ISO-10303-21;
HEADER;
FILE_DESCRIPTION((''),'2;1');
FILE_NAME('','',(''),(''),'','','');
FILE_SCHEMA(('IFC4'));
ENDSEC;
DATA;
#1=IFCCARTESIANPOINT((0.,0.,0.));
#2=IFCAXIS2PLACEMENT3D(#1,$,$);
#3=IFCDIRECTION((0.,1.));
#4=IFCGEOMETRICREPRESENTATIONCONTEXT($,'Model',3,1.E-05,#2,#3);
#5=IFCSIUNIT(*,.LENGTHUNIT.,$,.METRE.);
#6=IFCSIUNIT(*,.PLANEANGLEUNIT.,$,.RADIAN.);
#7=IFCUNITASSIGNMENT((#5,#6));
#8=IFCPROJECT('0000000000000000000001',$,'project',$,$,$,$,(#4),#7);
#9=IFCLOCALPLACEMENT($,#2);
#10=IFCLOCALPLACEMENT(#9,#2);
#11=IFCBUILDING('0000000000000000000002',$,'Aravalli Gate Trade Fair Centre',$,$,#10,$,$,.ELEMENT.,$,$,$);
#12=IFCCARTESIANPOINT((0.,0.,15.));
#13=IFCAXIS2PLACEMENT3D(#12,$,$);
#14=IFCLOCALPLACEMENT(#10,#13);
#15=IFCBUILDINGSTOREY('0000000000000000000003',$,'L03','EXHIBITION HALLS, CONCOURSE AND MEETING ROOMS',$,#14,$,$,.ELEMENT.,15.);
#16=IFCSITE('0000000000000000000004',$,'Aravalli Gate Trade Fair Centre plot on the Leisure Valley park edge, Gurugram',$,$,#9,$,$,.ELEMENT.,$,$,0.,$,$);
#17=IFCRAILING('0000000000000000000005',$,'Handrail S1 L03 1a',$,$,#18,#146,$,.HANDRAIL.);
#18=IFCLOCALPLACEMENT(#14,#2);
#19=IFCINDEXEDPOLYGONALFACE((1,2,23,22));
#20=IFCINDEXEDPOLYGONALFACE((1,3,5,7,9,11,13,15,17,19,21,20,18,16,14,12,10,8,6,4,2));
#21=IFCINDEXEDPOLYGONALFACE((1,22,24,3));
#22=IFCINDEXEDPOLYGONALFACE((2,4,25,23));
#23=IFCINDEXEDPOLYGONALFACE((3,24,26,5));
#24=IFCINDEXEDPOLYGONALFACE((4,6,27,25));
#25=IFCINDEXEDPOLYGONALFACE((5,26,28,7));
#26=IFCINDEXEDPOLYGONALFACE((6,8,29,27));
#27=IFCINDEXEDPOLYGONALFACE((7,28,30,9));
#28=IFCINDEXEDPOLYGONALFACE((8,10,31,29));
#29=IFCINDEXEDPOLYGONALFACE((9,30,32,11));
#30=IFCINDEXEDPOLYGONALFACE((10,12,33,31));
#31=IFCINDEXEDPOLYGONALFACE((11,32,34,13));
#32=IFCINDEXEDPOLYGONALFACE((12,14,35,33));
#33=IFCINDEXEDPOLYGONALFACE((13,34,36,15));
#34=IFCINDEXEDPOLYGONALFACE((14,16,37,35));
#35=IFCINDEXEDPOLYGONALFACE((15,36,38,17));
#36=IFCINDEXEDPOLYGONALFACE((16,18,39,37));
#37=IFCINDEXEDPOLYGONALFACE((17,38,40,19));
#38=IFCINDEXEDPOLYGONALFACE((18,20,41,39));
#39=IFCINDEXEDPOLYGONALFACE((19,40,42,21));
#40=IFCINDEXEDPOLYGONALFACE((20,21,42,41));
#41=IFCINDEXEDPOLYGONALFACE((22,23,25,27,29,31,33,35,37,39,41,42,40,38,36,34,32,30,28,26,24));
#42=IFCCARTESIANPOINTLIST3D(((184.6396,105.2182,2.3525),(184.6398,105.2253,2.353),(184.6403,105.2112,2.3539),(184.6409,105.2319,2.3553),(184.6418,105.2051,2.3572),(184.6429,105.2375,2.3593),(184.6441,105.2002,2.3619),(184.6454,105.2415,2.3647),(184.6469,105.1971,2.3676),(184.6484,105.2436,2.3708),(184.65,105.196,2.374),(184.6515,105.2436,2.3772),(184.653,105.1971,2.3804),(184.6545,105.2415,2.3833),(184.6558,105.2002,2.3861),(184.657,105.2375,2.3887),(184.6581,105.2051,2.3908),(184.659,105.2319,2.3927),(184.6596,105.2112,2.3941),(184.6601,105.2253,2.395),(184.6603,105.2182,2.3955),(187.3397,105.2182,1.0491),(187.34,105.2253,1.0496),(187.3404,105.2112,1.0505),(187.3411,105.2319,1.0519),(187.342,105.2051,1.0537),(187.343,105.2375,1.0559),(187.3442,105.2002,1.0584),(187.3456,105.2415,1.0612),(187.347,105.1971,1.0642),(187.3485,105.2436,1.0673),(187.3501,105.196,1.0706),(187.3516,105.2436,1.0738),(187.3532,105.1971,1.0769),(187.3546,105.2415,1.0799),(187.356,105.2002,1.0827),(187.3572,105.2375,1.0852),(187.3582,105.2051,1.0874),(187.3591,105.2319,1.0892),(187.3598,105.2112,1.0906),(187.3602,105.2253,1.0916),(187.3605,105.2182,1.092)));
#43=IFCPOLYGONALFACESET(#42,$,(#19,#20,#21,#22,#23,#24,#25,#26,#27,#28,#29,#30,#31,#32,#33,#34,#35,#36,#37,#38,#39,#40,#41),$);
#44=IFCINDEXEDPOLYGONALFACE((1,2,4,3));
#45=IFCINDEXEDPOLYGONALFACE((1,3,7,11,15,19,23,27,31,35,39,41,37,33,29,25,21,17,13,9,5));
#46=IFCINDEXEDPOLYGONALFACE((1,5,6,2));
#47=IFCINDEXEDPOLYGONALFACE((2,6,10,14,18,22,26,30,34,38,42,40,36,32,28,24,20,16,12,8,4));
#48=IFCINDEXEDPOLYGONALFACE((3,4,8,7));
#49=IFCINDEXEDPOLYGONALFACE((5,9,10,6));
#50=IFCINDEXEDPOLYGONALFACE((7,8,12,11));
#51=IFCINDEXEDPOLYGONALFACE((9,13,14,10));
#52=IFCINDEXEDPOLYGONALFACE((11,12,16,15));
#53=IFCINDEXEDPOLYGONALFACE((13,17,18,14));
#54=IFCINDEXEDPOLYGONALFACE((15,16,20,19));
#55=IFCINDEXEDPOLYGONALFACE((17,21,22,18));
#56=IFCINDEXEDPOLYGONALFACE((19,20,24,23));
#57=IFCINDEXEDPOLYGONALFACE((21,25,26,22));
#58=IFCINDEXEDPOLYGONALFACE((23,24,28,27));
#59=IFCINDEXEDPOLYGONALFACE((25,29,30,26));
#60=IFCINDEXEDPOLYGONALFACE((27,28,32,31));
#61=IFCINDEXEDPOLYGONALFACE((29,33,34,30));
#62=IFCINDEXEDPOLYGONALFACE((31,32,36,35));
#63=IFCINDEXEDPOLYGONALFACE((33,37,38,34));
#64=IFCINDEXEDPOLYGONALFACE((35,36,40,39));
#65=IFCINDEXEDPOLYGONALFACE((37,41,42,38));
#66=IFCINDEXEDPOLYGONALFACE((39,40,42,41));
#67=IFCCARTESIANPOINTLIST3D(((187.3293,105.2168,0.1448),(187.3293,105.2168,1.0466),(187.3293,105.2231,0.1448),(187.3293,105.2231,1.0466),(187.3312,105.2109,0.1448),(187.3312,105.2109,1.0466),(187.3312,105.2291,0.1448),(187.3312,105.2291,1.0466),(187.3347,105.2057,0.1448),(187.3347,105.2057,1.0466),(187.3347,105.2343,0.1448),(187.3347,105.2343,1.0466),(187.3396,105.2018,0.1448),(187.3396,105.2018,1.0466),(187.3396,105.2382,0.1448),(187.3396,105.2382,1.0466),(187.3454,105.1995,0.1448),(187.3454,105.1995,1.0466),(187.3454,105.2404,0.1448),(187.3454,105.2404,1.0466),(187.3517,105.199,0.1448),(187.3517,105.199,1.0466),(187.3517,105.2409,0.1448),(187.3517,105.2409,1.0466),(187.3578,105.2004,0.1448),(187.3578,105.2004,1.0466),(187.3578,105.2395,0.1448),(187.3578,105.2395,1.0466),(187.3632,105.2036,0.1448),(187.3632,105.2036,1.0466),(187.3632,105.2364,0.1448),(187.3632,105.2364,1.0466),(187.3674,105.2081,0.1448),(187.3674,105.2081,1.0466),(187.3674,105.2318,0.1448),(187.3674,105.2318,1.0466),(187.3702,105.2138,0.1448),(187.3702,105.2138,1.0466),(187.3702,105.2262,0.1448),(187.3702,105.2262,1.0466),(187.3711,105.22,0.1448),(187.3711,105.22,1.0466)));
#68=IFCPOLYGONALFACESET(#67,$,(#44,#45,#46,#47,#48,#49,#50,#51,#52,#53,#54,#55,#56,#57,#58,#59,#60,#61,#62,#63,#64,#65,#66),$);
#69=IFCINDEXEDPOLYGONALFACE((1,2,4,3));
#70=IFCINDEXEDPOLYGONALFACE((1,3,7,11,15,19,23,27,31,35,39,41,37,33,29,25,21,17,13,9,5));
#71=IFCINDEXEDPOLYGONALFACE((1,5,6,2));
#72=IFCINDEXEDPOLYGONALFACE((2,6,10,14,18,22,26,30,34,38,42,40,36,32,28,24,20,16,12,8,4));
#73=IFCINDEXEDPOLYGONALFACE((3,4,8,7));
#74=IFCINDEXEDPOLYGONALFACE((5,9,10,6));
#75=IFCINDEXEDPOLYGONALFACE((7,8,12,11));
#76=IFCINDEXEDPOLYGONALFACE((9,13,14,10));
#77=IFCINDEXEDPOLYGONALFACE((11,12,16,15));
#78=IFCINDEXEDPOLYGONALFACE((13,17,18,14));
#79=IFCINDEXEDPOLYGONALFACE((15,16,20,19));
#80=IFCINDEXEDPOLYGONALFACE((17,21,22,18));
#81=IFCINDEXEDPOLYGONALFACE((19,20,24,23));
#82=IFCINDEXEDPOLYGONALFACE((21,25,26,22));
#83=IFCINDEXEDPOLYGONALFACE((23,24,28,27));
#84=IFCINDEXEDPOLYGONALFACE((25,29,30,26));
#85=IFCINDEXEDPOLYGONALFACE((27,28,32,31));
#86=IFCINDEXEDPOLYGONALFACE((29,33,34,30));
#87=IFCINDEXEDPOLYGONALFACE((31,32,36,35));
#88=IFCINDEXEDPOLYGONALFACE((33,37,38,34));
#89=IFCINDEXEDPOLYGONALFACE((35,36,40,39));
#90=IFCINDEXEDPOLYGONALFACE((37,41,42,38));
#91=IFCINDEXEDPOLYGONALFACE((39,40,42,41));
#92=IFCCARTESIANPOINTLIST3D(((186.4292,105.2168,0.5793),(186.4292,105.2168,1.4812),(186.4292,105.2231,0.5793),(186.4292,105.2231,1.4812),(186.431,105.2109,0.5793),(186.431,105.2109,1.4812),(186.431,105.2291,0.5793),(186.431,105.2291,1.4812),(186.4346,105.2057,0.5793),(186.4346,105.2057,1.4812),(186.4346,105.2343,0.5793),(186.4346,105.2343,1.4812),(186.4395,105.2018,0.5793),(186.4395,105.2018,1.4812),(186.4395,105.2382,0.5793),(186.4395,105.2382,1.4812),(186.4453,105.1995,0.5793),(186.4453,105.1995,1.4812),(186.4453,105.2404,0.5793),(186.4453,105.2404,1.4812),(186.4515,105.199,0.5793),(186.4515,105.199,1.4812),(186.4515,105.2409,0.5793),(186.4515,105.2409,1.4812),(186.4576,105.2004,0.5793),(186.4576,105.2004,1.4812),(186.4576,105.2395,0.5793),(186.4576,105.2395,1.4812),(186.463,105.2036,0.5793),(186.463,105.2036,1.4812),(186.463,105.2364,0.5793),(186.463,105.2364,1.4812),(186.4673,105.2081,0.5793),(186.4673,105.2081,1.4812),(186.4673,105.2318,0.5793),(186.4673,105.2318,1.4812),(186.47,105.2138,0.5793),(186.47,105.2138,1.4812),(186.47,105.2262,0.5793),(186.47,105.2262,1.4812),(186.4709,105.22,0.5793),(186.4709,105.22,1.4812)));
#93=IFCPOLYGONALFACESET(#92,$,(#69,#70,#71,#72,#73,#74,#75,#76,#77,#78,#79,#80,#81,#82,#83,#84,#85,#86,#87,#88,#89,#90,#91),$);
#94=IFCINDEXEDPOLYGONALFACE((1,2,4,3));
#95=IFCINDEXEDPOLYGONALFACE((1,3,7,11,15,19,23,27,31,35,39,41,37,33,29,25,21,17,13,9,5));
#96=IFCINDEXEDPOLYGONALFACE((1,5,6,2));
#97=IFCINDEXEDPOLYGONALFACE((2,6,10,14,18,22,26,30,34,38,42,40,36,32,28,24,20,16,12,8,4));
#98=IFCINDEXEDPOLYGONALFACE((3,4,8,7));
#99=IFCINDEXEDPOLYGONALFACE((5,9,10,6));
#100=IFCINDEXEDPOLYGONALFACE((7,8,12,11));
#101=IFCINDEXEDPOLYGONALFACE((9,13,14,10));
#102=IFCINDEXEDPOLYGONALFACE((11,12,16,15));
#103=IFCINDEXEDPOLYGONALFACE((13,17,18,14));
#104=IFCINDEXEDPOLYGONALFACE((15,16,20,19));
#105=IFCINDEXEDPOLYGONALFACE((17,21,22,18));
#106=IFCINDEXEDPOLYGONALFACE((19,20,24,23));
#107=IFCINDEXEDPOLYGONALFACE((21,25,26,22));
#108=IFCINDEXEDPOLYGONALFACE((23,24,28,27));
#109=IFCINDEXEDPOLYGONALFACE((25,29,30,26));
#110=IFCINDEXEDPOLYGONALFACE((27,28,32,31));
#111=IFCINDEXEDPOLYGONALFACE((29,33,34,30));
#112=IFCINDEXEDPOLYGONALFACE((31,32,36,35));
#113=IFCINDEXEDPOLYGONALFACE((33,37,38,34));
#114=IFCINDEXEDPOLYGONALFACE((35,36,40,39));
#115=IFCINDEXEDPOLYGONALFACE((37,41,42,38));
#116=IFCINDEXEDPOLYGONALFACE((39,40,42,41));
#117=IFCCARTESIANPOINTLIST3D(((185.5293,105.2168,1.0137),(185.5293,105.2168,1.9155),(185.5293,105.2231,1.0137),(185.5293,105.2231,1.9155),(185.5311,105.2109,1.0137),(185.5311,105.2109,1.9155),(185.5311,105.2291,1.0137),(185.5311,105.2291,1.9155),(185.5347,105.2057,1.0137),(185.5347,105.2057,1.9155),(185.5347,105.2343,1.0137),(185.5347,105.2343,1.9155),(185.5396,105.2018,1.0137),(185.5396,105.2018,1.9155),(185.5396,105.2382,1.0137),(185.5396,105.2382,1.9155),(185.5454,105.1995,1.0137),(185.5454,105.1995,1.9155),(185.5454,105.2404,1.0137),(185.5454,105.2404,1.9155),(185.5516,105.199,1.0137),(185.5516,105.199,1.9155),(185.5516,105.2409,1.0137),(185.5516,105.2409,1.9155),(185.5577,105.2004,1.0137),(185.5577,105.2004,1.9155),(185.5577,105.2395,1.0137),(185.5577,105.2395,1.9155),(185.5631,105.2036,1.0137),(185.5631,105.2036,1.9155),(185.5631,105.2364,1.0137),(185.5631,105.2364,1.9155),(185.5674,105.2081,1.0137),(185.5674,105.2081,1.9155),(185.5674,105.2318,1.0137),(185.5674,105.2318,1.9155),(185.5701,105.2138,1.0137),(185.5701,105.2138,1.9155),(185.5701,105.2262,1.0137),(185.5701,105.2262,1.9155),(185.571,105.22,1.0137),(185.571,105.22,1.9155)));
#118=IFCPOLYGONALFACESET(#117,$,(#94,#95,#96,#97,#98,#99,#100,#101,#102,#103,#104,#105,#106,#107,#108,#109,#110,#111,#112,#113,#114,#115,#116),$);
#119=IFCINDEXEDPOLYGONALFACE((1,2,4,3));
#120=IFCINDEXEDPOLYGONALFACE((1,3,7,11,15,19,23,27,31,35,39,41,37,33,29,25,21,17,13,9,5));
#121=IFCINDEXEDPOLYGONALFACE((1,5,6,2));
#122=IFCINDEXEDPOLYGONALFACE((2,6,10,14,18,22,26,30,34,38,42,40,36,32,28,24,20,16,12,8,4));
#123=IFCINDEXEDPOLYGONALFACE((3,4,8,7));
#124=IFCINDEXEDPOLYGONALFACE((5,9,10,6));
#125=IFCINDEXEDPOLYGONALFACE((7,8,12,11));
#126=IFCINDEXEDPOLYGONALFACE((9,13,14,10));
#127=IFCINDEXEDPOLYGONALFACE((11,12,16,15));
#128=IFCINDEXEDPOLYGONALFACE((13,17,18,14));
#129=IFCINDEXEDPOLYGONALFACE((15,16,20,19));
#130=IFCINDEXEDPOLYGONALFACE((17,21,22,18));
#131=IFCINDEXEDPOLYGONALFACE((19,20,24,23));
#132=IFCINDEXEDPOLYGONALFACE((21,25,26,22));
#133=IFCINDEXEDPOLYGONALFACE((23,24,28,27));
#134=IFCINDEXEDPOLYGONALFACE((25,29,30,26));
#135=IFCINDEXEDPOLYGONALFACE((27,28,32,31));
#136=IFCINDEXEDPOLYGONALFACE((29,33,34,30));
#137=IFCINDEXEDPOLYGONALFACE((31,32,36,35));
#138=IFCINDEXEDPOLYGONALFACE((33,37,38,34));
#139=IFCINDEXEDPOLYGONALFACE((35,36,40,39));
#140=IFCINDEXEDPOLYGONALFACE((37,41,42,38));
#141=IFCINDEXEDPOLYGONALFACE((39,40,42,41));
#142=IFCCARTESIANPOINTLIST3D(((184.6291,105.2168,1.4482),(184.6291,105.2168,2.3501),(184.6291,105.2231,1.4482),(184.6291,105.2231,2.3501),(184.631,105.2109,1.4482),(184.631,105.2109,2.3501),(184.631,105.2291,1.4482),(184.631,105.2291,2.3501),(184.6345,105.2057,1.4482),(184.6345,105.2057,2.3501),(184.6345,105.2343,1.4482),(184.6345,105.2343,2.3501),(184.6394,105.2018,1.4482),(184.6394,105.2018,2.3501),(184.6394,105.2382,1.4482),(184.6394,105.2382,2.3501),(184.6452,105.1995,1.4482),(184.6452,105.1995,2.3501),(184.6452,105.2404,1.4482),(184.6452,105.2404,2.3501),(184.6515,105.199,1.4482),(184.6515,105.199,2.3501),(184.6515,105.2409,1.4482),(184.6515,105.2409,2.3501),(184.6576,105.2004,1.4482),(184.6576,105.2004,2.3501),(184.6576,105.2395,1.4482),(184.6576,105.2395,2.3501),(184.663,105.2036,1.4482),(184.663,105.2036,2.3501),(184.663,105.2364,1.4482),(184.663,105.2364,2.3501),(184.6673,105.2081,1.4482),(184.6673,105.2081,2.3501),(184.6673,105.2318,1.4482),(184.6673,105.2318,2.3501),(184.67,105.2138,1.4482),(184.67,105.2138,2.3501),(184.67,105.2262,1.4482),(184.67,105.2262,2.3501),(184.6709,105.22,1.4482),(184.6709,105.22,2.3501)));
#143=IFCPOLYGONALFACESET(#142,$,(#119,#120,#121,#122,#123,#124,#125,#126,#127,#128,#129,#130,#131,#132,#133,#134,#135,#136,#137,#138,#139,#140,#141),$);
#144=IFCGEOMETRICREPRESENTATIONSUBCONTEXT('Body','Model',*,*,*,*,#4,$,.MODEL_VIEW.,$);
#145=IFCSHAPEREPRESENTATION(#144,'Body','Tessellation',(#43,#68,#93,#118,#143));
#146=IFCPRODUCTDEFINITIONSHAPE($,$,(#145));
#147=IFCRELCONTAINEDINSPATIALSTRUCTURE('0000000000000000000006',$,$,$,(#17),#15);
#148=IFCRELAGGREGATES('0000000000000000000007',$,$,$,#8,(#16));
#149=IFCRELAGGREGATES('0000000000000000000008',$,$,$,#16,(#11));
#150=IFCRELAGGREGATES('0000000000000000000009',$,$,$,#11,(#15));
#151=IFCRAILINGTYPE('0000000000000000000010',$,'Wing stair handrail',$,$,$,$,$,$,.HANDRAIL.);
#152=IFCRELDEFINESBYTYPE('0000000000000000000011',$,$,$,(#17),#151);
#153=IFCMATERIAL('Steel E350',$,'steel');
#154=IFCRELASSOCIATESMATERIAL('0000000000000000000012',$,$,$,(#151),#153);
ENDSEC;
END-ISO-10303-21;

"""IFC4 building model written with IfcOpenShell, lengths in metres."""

from ifc_helpers import new_model, si_unit, direction, frame, origin, origin_2d, place, context, subcontext, project, spatial, circle, extrude, material, type_object, element, save


model = new_model("IFC4")

# Units and contexts
model_context = context("Model", 3, precision=1e-05, world=origin(), true_north=direction((0.0, 1.0)))
body_context = subcontext(model_context, "Body", "Model", "MODEL_VIEW")
ifc_project = project(units=[si_unit("LENGTHUNIT", "METRE"), si_unit("PLANEANGLEUNIT", "RADIAN")], contexts=[model_context])

# Site, building, storey
site_placement = place(None, origin())
site = spatial("IfcSite", under=ifc_project, at=site_placement, Name="Aravalli Gate Trade Fair Centre plot on the Leisure Valley park edge, Gurugram", CompositionType="ELEMENT", RefElevation=0.0)
building_placement = place(site_placement, origin())
building = spatial("IfcBuilding", under=site, at=building_placement, Name="Aravalli Gate Trade Fair Centre", CompositionType="ELEMENT")
storey_placement = place(building_placement, frame((0.0, 0.0, 15.0)))
storey = spatial("IfcBuildingStorey", under=building, at=storey_placement, Name="L03", Description="EXHIBITION HALLS, CONCOURSE AND MEETING ROOMS", CompositionType="ELEMENT", Elevation=15.0)

# Railing
ifc_material_1 = material(Name="Steel E350", Category="steel")
railing_type_1 = type_object("IfcRailingType", Name="Wing stair handrail", PredefinedType="HANDRAIL", material=ifc_material_1)
for number, where, name in (
    (1, (187.3501, 105.22, 0.1448), "Handrail S1 L03 1a"),
):
    element("IfcRailing", number, at=place(storey_placement, frame(where)), inside=storey, type_object=railing_type_1, Name=name, PredefinedType="HANDRAIL", context=body_context, shape_type="SweptSolid", body=[
        extrude(circle(Radius=0.0239, at=origin_2d()), frame((0.0, 0.0, 0.9258), z_axis=(-0.900562, 0.0, 0.434729), x_axis=(0.0, -1.0, 0.0)), (0.0, 0.0, 1.0), 2.9983),
        extrude(circle(Radius=0.021, at=origin_2d()), origin(), (0.0, 0.0, 1.0), 0.9019),
        extrude(circle(Radius=0.021, at=origin_2d()), frame((-0.9001, 0.0, 0.4346)), (0.0, 0.0, 1.0), 0.9019),
        extrude(circle(Radius=0.021, at=origin_2d()), frame((-1.8, 0.0, 0.8689)), (0.0, 0.0, 1.0), 0.9019),
        extrude(circle(Radius=0.021, at=origin_2d()), frame((-2.7002, 0.0, 1.3035)), (0.0, 0.0, 1.0), 0.9019),
    ])

save(model, "model.ifc")
